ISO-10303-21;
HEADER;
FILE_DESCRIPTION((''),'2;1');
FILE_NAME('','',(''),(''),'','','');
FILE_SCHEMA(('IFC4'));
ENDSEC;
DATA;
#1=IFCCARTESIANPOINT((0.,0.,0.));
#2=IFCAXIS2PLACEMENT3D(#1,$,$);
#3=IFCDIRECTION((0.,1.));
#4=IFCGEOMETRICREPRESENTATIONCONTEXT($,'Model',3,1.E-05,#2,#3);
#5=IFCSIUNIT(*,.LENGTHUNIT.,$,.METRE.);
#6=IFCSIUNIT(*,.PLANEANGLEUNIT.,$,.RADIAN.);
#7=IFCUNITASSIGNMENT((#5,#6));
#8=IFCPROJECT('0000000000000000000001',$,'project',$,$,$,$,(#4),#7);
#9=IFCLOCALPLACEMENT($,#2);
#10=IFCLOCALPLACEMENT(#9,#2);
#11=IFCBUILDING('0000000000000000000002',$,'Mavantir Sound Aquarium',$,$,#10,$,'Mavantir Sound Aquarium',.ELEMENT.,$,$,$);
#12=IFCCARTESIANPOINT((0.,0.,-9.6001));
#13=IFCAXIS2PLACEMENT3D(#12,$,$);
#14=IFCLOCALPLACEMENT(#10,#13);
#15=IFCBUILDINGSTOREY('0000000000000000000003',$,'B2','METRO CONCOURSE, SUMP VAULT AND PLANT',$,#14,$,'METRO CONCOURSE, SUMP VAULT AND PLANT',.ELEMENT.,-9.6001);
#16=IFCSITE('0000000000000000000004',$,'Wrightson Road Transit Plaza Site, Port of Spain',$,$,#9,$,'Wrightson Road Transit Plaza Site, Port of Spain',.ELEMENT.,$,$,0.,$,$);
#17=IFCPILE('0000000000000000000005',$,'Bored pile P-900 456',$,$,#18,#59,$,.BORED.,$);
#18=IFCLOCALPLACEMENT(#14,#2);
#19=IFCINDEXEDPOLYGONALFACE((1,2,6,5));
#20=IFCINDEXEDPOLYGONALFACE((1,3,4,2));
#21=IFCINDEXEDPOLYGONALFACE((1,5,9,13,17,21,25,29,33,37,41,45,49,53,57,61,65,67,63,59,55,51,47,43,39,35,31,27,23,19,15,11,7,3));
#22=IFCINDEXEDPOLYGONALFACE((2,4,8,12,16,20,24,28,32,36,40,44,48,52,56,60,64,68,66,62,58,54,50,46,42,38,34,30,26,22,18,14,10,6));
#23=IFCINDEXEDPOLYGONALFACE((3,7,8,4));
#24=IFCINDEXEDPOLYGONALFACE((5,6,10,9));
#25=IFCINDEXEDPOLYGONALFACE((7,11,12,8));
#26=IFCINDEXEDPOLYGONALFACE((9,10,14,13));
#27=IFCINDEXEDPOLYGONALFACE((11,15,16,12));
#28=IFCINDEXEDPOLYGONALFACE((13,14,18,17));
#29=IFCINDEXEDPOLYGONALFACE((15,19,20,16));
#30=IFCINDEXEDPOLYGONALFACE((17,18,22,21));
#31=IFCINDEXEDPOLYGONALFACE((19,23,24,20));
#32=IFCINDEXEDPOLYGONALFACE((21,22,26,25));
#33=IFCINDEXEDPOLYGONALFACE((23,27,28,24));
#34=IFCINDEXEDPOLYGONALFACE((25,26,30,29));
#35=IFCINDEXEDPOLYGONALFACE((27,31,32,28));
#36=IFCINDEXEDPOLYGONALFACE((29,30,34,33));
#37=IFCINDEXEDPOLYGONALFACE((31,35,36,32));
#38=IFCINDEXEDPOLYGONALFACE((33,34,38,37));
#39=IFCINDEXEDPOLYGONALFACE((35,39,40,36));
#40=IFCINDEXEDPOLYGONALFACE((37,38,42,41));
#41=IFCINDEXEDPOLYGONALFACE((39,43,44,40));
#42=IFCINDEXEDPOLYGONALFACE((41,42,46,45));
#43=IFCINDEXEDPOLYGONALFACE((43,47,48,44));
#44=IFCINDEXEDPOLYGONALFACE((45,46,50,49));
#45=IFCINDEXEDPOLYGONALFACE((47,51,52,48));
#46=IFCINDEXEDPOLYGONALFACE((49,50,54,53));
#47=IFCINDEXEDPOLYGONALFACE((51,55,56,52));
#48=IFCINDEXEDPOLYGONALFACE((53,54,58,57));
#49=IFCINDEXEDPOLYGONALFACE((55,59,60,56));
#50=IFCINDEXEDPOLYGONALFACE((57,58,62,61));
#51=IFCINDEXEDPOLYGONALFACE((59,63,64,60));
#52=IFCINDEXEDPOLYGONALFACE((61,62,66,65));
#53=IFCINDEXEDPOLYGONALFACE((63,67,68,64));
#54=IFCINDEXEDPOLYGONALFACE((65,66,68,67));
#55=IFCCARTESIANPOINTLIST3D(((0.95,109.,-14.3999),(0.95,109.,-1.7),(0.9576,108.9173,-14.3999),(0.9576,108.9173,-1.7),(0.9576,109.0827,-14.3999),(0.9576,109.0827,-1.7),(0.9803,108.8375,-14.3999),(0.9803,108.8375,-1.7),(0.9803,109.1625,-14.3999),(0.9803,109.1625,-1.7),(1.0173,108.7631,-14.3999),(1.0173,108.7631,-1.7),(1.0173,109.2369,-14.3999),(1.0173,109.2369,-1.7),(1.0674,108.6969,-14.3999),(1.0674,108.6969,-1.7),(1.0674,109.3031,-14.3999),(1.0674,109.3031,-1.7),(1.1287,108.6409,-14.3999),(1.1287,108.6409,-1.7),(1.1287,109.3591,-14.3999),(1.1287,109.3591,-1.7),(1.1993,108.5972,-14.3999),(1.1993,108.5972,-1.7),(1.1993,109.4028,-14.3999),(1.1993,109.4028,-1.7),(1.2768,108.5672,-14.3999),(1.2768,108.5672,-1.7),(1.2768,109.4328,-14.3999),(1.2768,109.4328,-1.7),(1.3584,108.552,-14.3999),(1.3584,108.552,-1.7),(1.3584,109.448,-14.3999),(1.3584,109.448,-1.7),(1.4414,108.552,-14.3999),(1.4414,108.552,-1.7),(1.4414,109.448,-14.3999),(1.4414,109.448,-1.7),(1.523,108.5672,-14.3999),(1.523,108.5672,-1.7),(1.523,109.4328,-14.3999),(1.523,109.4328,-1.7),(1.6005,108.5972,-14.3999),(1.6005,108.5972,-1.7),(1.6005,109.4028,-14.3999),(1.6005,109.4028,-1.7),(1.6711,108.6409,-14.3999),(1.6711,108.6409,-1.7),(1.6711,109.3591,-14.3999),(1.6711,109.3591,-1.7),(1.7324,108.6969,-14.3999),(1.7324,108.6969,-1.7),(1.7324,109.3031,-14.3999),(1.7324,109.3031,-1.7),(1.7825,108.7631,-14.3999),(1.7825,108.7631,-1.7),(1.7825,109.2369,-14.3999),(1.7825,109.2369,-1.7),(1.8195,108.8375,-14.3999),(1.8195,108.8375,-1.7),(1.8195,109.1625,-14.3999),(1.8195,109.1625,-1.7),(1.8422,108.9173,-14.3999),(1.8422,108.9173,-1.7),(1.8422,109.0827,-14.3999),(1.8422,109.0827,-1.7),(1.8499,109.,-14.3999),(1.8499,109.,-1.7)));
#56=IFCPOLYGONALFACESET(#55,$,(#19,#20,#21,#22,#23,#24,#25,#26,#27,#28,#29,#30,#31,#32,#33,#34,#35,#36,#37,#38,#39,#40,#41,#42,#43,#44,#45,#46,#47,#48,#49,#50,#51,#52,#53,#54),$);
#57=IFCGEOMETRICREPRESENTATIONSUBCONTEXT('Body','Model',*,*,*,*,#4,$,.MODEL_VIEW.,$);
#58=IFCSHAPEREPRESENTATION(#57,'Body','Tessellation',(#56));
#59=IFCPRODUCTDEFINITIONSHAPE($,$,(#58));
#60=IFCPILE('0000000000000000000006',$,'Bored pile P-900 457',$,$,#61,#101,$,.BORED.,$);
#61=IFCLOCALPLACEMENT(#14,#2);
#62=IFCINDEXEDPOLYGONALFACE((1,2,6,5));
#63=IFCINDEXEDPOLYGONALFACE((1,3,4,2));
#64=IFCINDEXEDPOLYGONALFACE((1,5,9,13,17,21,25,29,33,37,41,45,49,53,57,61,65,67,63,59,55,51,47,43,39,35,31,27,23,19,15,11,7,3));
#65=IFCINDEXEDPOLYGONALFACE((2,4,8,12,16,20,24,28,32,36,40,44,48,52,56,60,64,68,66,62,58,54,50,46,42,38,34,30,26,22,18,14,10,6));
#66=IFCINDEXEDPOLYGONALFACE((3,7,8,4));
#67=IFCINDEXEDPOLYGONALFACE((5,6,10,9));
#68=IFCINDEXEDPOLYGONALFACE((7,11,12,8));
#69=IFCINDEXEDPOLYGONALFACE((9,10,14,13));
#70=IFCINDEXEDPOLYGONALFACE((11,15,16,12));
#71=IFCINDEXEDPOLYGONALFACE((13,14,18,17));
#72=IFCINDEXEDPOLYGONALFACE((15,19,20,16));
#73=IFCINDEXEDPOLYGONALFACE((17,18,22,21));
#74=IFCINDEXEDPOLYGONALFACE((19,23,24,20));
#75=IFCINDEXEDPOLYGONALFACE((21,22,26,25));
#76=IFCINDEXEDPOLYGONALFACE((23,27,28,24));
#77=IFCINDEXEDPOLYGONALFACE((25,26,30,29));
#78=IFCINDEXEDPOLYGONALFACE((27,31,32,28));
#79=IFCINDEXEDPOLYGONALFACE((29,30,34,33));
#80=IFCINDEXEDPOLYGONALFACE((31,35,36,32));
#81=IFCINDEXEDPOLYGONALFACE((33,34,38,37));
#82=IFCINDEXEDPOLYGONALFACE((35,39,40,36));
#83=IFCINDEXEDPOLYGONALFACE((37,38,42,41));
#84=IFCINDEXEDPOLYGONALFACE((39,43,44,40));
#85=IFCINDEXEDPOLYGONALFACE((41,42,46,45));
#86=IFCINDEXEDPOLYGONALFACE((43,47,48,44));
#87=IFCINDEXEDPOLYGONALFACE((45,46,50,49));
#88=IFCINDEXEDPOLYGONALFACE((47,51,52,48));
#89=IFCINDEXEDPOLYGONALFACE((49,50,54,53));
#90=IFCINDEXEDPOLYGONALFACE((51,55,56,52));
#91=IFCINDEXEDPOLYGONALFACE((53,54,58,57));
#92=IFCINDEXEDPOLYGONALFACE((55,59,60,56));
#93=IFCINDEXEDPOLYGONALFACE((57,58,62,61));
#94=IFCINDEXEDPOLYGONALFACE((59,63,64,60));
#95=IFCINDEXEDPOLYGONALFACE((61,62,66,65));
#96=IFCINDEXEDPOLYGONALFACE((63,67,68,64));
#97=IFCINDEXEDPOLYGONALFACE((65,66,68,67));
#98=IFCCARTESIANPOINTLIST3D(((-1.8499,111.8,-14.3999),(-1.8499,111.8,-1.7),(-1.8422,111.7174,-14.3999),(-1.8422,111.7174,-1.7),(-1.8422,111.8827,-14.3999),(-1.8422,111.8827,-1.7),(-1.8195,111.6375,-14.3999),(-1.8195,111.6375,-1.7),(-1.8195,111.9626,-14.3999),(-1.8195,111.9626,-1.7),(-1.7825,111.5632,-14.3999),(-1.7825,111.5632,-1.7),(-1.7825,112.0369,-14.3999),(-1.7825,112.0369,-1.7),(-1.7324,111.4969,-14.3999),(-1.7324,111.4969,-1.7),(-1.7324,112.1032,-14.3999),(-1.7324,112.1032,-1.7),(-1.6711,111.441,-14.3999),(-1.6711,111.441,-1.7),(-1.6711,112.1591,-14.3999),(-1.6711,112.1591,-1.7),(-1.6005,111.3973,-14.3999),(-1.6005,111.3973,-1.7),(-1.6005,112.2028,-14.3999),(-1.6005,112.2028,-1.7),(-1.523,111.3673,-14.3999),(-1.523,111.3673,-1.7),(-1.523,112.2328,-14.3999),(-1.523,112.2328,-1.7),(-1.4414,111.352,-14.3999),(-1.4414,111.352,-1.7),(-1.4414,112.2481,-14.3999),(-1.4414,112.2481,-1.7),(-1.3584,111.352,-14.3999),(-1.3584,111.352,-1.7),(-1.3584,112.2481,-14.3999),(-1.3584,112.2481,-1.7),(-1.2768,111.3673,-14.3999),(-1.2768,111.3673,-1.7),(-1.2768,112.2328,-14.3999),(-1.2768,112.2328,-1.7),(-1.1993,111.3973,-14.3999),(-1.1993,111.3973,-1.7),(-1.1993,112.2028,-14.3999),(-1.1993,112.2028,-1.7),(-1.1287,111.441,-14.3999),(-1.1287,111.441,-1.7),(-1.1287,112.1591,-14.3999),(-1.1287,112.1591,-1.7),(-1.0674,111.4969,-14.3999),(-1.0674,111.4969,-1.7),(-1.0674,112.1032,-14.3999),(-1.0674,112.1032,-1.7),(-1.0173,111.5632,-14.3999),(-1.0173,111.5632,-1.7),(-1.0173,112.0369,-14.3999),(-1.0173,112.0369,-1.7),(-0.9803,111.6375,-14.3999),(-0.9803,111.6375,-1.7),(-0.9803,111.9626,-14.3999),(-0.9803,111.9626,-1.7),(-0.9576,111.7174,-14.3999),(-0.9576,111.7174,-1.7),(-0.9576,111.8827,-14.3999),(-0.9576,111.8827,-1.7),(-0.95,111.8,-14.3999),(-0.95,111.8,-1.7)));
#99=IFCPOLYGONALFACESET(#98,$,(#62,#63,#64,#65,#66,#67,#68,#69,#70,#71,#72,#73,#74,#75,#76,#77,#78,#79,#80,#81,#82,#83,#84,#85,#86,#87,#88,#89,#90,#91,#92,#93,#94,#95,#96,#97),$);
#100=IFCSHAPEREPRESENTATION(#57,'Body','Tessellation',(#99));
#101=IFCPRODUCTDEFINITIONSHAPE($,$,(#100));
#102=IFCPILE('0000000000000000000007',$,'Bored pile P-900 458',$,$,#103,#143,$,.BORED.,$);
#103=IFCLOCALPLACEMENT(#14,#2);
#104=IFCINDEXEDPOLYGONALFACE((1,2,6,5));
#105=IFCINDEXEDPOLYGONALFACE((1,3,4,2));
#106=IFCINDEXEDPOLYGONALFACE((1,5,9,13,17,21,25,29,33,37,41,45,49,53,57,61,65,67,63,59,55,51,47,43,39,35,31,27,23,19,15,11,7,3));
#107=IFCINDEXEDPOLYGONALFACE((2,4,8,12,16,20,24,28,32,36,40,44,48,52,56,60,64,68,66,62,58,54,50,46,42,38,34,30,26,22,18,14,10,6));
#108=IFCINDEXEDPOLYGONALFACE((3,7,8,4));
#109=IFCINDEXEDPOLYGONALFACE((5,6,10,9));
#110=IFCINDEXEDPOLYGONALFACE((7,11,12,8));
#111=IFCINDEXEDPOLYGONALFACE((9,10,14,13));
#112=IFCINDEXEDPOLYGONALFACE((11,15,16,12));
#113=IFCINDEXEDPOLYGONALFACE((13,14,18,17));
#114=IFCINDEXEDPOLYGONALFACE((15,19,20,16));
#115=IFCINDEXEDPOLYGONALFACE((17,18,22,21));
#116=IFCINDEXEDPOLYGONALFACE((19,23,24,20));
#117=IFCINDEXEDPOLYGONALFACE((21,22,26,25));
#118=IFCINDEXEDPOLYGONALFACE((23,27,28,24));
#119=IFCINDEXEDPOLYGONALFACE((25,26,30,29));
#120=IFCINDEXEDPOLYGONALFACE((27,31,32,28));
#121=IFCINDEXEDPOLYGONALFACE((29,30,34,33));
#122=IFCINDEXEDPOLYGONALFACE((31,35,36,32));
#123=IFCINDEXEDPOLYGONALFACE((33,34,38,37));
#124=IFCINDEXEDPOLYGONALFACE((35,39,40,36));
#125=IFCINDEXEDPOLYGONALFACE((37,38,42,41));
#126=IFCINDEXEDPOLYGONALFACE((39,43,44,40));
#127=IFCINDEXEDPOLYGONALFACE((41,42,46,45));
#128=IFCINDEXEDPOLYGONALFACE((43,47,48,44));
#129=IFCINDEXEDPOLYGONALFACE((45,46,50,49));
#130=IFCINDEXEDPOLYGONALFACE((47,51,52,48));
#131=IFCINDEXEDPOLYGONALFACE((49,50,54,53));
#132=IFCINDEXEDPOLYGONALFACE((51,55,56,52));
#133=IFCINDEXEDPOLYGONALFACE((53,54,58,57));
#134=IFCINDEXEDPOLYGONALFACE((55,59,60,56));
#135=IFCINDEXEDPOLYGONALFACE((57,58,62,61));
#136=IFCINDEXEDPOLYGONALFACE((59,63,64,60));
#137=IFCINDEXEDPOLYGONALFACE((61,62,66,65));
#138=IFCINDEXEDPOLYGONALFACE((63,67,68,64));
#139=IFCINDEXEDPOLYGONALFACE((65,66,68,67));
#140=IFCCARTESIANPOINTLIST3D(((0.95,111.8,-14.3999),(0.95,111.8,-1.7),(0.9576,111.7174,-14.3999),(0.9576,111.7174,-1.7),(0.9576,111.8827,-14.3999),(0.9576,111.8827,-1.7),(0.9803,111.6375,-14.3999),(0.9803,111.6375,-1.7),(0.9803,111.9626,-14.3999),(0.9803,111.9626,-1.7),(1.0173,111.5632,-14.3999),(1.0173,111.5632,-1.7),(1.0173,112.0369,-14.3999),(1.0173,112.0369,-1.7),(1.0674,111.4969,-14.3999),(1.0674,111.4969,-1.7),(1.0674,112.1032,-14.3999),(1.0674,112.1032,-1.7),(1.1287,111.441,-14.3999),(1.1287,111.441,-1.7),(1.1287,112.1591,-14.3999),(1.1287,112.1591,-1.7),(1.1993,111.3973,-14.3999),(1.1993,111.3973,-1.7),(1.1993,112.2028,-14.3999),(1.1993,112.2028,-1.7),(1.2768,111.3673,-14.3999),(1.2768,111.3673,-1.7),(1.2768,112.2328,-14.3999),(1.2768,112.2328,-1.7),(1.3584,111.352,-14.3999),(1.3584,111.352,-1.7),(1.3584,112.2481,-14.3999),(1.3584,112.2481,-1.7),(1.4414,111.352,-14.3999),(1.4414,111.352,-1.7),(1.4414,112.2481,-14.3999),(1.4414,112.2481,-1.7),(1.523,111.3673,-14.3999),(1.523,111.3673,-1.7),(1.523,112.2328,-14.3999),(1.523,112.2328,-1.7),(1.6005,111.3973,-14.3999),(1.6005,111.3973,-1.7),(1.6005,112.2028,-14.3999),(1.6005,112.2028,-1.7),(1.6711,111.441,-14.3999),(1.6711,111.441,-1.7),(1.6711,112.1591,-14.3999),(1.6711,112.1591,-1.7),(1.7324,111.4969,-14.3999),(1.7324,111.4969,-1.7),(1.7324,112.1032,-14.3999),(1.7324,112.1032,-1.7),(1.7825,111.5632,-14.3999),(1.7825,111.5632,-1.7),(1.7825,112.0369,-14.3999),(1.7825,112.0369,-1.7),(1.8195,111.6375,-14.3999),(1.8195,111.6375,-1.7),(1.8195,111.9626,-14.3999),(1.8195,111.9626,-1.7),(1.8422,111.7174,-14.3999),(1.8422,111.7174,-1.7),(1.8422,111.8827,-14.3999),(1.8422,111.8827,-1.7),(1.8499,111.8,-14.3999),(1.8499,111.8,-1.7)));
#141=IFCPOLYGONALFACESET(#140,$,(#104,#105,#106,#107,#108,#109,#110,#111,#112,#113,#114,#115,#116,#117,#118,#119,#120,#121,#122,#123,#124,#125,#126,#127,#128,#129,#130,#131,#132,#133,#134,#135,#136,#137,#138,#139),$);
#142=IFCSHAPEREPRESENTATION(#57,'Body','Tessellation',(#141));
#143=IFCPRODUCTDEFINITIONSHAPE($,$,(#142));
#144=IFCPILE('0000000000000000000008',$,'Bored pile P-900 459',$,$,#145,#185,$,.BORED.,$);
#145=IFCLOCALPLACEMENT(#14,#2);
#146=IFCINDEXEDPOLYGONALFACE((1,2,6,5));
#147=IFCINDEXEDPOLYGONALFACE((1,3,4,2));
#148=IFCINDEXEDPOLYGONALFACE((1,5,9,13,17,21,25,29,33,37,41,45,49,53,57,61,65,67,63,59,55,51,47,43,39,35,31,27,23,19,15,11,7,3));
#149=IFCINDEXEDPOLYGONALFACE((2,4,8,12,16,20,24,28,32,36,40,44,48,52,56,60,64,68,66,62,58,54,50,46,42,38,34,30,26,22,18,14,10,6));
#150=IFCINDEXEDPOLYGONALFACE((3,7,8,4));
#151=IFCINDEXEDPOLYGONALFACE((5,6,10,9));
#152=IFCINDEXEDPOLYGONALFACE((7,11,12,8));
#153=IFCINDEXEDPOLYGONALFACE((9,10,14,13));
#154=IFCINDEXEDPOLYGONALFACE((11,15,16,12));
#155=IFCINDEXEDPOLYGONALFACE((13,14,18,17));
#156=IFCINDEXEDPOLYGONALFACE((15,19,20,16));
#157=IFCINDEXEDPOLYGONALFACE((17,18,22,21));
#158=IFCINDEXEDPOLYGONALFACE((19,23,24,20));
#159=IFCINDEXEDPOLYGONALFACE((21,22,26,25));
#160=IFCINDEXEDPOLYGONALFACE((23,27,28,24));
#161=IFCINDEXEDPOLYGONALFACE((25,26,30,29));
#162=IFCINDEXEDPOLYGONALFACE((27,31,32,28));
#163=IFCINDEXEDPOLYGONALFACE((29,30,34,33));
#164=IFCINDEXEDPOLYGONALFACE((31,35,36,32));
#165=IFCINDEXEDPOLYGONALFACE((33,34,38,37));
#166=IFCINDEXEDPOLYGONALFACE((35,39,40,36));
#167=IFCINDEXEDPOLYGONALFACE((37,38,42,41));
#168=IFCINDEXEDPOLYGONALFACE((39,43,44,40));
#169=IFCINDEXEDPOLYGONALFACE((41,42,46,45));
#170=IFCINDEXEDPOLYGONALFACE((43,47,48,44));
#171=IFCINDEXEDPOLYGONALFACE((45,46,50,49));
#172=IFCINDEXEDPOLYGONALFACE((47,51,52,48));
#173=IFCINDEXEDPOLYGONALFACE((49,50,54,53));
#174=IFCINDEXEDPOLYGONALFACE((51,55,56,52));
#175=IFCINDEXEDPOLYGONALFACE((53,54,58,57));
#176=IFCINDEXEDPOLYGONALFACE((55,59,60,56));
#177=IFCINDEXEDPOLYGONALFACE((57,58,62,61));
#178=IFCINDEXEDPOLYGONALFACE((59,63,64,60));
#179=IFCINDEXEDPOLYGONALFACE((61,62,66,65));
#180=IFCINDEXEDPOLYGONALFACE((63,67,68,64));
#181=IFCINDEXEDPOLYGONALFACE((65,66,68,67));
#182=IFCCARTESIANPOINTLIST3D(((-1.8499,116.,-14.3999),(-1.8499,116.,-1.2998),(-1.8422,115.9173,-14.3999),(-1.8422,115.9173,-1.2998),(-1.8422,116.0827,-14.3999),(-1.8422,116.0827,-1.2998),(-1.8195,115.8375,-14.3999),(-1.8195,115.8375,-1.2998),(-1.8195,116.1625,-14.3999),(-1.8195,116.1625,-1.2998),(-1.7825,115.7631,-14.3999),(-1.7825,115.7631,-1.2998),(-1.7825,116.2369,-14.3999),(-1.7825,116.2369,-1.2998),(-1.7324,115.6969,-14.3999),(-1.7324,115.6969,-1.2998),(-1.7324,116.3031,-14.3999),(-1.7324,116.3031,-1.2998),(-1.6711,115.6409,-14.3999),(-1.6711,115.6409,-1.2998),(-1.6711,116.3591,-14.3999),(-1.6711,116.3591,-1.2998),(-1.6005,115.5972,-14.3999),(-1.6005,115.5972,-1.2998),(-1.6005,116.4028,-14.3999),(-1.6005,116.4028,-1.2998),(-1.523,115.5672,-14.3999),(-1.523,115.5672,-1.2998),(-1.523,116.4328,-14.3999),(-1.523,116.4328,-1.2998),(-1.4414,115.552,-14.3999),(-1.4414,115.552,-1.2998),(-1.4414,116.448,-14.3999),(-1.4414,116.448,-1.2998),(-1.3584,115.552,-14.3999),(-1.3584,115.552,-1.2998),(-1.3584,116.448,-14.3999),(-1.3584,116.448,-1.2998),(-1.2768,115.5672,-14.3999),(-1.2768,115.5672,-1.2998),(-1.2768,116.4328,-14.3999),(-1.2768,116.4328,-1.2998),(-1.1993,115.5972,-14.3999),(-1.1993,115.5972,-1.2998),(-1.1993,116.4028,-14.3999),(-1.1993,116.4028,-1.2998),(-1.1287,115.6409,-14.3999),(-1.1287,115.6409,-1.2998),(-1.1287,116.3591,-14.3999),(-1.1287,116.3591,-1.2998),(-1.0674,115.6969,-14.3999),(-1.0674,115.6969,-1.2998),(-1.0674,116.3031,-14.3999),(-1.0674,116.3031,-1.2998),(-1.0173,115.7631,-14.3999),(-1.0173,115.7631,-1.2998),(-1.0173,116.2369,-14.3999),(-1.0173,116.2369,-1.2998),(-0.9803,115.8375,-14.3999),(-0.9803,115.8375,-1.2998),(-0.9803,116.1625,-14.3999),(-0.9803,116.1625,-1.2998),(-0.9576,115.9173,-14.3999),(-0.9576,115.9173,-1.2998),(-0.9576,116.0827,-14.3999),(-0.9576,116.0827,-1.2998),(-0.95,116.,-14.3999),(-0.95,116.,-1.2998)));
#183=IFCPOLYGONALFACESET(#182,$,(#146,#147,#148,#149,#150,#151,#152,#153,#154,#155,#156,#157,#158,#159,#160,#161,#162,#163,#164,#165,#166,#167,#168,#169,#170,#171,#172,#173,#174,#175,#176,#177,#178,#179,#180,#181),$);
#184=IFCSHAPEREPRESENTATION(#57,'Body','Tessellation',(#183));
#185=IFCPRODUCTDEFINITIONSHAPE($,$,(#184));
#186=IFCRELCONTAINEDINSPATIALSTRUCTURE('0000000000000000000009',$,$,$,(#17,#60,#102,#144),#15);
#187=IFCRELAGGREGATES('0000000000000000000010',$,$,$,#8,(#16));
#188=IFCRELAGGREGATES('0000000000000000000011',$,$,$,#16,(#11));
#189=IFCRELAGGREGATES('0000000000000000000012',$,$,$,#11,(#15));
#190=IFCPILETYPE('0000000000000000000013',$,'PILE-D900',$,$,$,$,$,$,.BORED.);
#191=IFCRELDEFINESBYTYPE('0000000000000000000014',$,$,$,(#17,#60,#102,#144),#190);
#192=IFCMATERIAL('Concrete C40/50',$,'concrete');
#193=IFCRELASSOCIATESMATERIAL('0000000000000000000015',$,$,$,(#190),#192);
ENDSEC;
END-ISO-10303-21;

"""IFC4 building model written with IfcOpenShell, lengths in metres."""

from ifc_helpers import new_model, si_unit, direction, frame, origin, origin_2d, place, context, subcontext, project, spatial, circle, extrude, material, material_profile, profile_set, type_object, element, save


model = new_model("IFC4")

# Units and contexts
model_context = context("Model", 3, precision=1e-05, world=origin(), true_north=direction((0.0, 1.0)))
body_context = subcontext(model_context, "Body", "Model", "MODEL_VIEW")
ifc_project = project(units=[si_unit("LENGTHUNIT", "METRE"), si_unit("PLANEANGLEUNIT", "RADIAN")], contexts=[model_context])

# Site, building, storey
site_placement = place(None, origin())
site = spatial("IfcSite", under=ifc_project, at=site_placement, Name="Wrightson Road Transit Plaza Site, Port of Spain", LongName="Wrightson Road Transit Plaza Site, Port of Spain", CompositionType="ELEMENT", RefElevation=0.0)
building_placement = place(site_placement, origin())
building = spatial("IfcBuilding", under=site, at=building_placement, Name="Mavantir Sound Aquarium", LongName="Mavantir Sound Aquarium", CompositionType="ELEMENT")
storey_placement = place(building_placement, frame((0.0, 0.0, -9.6001)))
storey = spatial("IfcBuildingStorey", under=building, at=storey_placement, Name="B2", Description="METRO CONCOURSE, SUMP VAULT AND PLANT", LongName="METRO CONCOURSE, SUMP VAULT AND PLANT", CompositionType="ELEMENT", Elevation=-9.6001)

# Shared definitions
ifc_material_1 = material(Name="Concrete C40/50", Category="concrete")

# Piles
ifc_material_profile_1 = material_profile(ifc_material_1, circle(Radius=0.45, at=origin_2d()), Name="PILE D900")
ifc_profile_set_1 = profile_set([ifc_material_profile_1], Name="Concrete C40/50")
pile_type = type_object("IfcPileType", Name="PILE-D900", PredefinedType="BORED", material=ifc_profile_set_1)
for number, where, z_axis, x_axis, name in (
    (1, (1.3999, 109.0, -1.7), (0.0, 0.0, -1.0), (1.0, 0.0, 0.0), "Bored pile P-900 456"),
    (2, (-1.3999, 111.8, -1.7), (0.0, 0.0, -1.0), (1.0, 0.0, 0.0), "Bored pile P-900 457"),
    (3, (1.3999, 111.8, -1.7), (0.0, 0.0, -1.0), (1.0, 0.0, 0.0), "Bored pile P-900 458"),
):
    element("IfcPile", number, at=place(storey_placement, frame(where, z_axis=z_axis, x_axis=x_axis)), inside=storey, type_object=pile_type, Name=name, PredefinedType="BORED", context=body_context, shape_type="SweptSolid", body=[
        extrude(circle(Radius=0.45, at=origin_2d()), origin(), (0.0, 0.0, 1.0), 12.7),
    ])
for number, where, z_axis, x_axis, name in (
    (4, (-1.3999, 116.0, -1.2998), (0.0, 0.0, -1.0), (1.0, 0.0, 0.0), "Bored pile P-900 459"),
):
    element("IfcPile", number, at=place(storey_placement, frame(where, z_axis=z_axis, x_axis=x_axis)), inside=storey, type_object=pile_type, Name=name, PredefinedType="BORED", context=body_context, shape_type="SweptSolid", body=[
        extrude(circle(Radius=0.45, at=origin_2d()), origin(), (0.0, 0.0, 1.0), 13.1001),
    ])

save(model, "model.ifc")
